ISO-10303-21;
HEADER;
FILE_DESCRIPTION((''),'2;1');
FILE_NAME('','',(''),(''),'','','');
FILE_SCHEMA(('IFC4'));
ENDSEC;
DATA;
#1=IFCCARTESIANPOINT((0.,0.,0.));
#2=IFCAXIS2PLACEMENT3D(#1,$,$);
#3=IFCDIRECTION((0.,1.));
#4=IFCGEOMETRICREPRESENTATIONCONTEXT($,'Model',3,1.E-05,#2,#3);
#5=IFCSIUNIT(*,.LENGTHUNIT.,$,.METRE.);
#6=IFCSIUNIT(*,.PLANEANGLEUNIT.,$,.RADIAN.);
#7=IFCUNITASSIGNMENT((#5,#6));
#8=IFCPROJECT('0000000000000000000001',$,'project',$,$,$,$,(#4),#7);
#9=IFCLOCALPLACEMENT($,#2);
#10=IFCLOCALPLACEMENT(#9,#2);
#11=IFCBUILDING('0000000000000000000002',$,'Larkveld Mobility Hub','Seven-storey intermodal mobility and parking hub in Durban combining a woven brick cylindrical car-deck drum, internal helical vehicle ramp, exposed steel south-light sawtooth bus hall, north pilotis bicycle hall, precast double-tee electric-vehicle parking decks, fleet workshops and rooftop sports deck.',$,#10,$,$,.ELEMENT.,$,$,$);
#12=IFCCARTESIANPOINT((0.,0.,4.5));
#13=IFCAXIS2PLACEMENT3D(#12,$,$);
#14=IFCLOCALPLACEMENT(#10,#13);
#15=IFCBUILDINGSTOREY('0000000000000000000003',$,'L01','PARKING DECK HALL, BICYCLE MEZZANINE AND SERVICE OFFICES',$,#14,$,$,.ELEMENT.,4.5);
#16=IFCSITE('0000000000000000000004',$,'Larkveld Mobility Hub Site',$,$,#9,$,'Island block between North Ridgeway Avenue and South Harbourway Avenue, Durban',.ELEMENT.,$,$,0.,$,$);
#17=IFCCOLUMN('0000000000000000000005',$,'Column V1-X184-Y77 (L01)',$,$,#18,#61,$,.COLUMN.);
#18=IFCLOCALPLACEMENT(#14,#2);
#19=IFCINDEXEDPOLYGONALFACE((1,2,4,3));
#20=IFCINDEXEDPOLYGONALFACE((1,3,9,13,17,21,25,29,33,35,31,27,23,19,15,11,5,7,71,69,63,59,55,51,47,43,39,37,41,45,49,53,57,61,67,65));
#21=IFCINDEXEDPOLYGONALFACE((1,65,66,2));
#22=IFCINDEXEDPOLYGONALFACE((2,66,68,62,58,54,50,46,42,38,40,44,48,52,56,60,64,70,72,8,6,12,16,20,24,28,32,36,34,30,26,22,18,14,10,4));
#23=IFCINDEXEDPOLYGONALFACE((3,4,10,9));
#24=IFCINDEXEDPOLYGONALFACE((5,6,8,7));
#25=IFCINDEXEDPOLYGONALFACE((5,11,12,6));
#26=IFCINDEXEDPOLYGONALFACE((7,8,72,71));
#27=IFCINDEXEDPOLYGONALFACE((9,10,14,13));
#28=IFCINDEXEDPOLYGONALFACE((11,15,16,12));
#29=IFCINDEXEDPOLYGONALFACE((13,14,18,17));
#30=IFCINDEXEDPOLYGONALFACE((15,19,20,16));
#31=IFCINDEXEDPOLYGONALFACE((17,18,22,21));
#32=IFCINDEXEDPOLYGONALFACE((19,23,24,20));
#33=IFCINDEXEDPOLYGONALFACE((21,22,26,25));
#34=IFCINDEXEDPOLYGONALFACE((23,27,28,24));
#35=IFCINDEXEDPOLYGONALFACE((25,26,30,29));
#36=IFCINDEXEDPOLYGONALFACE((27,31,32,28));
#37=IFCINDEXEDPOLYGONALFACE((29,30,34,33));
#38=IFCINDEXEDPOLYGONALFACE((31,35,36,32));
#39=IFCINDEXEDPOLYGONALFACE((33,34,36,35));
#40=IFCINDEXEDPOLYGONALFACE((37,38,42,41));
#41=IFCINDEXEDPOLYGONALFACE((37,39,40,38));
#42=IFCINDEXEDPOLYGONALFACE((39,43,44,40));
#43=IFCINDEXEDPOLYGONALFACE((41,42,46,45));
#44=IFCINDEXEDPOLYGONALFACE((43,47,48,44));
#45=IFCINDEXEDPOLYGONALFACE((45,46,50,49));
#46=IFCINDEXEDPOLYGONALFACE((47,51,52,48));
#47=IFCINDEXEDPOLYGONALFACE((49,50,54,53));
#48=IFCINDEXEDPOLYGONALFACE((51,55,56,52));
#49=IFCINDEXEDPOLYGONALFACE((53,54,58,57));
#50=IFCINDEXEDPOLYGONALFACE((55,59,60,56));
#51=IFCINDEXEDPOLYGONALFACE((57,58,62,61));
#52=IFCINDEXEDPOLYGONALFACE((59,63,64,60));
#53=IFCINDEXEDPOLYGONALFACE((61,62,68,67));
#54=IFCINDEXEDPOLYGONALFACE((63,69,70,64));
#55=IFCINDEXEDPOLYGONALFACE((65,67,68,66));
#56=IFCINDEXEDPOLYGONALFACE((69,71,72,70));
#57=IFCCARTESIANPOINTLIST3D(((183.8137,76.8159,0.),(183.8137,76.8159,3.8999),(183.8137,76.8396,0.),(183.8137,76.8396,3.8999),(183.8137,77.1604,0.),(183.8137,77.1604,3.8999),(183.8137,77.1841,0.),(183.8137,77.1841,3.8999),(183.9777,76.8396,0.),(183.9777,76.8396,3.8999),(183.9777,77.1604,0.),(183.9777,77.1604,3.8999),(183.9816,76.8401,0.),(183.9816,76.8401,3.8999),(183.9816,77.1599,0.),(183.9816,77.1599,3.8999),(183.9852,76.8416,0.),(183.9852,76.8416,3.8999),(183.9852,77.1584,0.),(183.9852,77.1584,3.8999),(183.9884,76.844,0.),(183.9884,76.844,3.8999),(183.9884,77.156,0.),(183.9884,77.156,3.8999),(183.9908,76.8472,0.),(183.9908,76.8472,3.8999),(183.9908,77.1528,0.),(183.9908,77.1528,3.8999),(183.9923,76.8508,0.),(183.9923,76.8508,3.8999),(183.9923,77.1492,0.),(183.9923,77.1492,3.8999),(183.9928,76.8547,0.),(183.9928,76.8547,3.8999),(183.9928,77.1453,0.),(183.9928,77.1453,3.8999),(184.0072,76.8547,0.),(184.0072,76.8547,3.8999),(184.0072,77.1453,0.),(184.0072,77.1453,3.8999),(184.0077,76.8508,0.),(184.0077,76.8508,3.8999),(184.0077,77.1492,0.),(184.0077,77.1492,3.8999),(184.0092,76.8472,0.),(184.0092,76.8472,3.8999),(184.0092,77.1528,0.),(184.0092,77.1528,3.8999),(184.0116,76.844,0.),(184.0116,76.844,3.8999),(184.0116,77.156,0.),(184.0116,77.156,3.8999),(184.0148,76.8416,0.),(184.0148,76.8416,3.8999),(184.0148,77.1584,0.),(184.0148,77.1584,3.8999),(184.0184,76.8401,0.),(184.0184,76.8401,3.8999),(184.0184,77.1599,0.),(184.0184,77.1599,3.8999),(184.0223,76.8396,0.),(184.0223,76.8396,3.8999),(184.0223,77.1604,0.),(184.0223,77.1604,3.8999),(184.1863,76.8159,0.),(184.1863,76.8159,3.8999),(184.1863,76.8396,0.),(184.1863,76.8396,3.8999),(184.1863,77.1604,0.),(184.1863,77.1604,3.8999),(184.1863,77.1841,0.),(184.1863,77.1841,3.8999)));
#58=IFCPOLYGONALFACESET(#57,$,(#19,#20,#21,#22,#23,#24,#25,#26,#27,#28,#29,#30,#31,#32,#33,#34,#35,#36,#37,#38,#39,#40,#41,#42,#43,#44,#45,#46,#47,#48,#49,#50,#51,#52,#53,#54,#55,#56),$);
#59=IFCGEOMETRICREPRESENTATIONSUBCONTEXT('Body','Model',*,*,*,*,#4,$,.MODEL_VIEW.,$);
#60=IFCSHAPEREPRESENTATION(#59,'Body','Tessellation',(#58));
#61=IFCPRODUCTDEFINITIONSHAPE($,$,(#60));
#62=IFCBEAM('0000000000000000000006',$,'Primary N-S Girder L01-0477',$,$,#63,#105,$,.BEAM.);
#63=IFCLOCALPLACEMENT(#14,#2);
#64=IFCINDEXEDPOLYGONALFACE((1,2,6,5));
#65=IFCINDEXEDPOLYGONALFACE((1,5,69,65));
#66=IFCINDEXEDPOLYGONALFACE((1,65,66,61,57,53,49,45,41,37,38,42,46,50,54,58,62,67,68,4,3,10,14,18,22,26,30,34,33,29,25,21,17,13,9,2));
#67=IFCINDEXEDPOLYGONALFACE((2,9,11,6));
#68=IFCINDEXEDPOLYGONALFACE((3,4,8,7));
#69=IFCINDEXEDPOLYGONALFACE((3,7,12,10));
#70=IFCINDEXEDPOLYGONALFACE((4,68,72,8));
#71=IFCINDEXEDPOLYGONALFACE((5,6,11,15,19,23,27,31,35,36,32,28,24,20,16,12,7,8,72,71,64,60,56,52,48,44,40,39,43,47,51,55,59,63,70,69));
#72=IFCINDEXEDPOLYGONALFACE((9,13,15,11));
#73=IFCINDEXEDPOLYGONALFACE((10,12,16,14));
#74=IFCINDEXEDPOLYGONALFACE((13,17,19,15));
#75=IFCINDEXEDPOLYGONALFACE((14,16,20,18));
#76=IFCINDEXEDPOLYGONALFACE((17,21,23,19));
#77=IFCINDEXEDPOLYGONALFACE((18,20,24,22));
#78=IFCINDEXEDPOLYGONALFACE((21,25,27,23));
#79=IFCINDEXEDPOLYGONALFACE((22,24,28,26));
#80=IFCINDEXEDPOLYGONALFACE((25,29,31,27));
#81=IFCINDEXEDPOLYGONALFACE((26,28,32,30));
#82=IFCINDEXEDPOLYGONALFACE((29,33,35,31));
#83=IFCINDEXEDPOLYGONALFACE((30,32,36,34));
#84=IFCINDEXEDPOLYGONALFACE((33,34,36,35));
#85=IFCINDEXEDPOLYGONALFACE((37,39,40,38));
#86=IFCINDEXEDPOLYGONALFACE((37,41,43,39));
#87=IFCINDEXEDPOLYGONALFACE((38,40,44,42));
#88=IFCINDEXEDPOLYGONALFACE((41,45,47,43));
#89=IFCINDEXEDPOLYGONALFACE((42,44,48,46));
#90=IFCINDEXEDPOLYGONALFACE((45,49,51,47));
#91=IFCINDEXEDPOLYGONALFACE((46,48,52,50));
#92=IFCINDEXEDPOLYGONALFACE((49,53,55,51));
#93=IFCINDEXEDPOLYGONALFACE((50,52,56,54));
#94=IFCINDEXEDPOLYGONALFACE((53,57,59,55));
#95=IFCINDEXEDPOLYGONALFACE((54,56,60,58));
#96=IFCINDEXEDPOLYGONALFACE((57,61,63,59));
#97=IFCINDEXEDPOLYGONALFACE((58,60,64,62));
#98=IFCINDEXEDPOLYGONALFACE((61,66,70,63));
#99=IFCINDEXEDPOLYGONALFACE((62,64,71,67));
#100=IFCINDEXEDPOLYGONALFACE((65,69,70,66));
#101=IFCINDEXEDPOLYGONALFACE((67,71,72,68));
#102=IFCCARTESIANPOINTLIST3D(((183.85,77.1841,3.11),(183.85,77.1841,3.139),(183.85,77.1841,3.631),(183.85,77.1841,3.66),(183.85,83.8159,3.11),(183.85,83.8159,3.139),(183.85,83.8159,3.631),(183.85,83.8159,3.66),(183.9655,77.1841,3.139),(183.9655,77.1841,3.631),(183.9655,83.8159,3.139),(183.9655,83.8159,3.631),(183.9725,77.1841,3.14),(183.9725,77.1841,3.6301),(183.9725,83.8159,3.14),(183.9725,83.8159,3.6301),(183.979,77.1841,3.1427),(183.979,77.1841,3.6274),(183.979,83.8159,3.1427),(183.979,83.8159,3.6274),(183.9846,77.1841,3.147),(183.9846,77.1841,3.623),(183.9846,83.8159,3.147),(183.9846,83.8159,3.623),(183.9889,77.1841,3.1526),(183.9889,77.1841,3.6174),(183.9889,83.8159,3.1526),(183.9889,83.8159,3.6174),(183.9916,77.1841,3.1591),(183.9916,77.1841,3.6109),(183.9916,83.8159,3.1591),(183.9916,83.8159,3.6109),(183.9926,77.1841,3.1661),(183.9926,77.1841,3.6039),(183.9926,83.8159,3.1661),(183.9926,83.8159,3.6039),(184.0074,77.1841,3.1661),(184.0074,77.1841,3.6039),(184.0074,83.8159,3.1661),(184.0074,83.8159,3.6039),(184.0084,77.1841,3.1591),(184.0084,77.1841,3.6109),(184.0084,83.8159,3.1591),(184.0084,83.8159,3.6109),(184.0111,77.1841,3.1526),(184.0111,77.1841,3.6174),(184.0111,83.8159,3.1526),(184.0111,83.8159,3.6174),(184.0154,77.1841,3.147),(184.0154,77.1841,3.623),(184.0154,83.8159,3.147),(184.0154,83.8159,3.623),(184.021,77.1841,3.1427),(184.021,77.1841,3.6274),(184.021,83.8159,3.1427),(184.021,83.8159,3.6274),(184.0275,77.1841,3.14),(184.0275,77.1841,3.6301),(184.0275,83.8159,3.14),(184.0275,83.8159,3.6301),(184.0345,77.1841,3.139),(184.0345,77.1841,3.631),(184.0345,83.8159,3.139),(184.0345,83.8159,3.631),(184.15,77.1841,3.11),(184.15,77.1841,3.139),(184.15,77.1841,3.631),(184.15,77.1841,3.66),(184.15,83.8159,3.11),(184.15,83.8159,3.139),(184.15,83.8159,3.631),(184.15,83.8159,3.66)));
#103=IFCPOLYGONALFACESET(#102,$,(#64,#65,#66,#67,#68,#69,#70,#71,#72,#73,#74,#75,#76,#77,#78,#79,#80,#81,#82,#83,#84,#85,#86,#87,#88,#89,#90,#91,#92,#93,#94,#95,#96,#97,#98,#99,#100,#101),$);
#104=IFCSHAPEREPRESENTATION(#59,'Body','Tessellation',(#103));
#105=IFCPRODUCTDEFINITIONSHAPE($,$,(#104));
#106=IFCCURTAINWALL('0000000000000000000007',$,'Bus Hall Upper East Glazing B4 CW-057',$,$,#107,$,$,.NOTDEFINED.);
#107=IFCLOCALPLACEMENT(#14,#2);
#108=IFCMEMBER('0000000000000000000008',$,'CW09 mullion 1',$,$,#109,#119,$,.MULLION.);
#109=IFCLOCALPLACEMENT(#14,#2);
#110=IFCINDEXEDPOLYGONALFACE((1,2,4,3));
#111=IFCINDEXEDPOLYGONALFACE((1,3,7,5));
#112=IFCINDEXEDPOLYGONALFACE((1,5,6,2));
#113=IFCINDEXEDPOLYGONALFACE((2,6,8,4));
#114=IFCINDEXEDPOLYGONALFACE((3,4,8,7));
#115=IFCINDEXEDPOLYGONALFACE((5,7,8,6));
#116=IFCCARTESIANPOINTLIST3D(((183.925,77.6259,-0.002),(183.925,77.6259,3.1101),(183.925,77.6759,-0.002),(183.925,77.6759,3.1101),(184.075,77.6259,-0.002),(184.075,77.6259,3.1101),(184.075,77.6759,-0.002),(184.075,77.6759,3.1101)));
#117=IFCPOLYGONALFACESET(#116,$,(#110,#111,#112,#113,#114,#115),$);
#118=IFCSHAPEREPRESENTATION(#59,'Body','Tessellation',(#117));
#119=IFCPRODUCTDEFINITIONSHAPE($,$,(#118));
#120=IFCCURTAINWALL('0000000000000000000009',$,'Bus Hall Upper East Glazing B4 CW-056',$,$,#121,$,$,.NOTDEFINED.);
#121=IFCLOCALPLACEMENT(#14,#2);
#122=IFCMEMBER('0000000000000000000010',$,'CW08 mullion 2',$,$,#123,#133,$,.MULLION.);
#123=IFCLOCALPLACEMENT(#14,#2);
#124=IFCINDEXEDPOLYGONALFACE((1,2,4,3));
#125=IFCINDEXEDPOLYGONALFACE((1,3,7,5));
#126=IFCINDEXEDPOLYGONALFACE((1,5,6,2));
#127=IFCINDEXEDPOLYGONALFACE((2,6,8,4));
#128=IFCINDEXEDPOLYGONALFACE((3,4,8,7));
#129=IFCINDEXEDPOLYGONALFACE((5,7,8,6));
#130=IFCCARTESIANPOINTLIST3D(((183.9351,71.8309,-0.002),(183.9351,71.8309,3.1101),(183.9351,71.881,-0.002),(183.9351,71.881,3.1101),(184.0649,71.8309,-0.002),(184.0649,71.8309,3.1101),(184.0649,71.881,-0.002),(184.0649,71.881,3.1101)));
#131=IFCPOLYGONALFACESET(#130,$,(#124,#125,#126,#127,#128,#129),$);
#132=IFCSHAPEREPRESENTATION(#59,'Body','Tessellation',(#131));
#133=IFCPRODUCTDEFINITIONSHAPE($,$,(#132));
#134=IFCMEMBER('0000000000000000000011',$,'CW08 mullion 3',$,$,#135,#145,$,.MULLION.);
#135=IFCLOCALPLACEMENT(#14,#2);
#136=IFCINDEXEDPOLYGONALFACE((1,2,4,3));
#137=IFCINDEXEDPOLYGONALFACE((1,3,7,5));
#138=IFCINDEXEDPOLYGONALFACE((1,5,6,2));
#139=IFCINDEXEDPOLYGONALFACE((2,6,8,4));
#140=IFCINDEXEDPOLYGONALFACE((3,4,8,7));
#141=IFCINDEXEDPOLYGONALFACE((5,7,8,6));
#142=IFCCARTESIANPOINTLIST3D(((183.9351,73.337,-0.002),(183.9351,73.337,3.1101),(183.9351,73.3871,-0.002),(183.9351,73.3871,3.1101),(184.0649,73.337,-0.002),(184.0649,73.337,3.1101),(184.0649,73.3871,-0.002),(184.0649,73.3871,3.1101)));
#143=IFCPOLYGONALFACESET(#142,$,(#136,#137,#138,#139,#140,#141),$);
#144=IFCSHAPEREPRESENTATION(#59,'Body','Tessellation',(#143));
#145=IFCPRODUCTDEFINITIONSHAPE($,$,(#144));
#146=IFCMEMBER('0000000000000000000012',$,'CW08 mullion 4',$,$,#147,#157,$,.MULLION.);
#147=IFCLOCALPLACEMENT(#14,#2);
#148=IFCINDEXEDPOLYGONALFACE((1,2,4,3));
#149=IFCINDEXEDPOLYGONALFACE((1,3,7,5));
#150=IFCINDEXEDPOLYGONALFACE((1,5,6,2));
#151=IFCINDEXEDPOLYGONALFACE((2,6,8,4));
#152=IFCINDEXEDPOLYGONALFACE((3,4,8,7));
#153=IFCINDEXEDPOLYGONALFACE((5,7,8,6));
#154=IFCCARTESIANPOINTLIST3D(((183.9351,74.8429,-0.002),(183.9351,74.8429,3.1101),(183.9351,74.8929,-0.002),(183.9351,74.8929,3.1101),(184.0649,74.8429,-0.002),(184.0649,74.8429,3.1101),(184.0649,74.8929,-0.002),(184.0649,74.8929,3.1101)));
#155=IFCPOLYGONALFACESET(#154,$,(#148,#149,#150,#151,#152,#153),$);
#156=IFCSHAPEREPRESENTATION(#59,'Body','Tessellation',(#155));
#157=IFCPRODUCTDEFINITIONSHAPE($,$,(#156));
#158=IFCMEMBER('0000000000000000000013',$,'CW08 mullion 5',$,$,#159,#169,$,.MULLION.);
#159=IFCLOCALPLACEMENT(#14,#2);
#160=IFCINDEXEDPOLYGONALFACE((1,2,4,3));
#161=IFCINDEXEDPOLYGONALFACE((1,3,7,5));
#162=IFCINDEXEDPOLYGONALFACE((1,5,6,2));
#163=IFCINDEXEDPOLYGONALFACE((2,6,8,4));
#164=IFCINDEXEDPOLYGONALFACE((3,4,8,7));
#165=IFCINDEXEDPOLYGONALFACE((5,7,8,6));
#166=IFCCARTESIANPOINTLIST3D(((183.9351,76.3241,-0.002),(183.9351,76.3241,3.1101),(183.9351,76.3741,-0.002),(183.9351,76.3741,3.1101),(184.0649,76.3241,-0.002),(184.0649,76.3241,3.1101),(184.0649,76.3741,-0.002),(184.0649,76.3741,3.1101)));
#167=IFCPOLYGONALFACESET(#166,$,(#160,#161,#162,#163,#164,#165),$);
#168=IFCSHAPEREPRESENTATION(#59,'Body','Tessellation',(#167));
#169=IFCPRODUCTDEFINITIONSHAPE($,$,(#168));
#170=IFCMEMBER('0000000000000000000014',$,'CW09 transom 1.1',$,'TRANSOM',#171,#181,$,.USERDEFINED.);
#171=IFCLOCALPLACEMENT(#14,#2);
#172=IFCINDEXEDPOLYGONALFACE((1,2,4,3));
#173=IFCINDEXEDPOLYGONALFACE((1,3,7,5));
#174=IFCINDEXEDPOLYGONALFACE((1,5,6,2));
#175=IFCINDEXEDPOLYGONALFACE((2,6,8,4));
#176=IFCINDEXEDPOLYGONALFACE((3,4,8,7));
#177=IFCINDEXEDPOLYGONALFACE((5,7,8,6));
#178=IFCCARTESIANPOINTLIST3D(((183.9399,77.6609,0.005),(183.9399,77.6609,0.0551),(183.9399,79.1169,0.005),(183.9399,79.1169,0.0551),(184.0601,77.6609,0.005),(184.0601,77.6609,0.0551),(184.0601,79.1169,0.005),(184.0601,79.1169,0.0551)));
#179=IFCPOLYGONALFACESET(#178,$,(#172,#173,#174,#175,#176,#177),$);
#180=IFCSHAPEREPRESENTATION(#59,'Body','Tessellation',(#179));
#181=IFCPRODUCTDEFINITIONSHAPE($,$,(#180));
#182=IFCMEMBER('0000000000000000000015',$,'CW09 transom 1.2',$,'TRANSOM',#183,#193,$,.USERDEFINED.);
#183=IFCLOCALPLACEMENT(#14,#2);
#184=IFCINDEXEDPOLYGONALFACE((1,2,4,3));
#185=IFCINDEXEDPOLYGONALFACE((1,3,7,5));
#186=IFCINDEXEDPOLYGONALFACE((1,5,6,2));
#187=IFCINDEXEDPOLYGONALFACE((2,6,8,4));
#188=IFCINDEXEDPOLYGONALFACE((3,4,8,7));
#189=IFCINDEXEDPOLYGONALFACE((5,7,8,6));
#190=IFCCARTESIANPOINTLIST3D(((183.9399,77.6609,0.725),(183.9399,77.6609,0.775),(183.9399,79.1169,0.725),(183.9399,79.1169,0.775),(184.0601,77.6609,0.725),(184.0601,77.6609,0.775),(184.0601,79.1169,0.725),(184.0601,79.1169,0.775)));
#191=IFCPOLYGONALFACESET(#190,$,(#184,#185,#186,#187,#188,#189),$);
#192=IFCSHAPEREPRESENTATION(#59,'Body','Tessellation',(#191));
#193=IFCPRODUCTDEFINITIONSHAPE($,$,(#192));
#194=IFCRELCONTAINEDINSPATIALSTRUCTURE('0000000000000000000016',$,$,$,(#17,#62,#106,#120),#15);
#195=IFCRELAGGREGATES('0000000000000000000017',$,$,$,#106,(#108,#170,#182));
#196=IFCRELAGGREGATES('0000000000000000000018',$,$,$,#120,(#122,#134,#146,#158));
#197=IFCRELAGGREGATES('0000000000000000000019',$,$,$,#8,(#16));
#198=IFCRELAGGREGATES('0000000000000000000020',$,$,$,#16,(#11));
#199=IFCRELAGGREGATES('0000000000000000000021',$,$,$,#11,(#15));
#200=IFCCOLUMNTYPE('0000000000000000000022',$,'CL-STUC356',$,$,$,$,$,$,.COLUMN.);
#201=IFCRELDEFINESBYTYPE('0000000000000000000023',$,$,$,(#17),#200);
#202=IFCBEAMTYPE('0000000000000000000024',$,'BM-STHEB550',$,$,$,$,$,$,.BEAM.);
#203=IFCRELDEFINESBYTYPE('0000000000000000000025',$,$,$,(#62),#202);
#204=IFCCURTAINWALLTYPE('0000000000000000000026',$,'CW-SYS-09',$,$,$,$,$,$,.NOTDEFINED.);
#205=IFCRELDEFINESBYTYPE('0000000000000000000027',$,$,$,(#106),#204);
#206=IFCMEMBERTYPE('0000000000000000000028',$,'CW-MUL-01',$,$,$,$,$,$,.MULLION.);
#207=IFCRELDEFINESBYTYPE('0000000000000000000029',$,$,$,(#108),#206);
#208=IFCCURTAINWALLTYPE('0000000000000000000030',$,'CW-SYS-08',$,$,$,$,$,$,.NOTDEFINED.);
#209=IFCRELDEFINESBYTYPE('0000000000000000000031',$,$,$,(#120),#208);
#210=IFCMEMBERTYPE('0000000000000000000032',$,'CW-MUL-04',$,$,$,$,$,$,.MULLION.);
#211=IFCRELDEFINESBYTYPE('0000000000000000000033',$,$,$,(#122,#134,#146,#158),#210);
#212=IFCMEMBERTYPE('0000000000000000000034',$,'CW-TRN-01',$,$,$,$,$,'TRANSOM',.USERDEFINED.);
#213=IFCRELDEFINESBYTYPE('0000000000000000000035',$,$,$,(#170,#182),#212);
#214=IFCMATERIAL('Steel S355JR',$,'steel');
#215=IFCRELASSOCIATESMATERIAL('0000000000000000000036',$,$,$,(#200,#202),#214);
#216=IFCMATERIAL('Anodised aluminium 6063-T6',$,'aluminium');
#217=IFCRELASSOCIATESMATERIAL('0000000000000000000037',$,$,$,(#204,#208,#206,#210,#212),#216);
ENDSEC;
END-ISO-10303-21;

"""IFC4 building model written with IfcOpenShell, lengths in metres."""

from ifc_helpers import new_model, si_unit, direction, frame, origin, origin_2d, place, context, subcontext, project, spatial, rectangle, i_section, extrude, material, material_profile, profile_set, type_object, element, aggregate, save


model = new_model("IFC4")

# Units and contexts
model_context = context("Model", 3, precision=1e-05, world=origin(), true_north=direction((0.0, 1.0)))
body_context = subcontext(model_context, "Body", "Model", "MODEL_VIEW")
ifc_project = project(units=[si_unit("LENGTHUNIT", "METRE"), si_unit("PLANEANGLEUNIT", "RADIAN")], contexts=[model_context])

# Site, building, storey
site_placement = place(None, origin())
site = spatial("IfcSite", under=ifc_project, at=site_placement, Name="Larkveld Mobility Hub Site", LongName="Island block between North Ridgeway Avenue and South Harbourway Avenue, Durban", CompositionType="ELEMENT", RefElevation=0.0)
building_placement = place(site_placement, origin())
building = spatial("IfcBuilding", under=site, at=building_placement, Name="Larkveld Mobility Hub", Description="Seven-storey intermodal mobility and parking hub in Durban combining a woven brick cylindrical car-deck drum, internal helical vehicle ramp, exposed steel south-light sawtooth bus hall, north pilotis bicycle hall, precast double-tee electric-vehicle parking decks, fleet workshops and rooftop sports deck.", CompositionType="ELEMENT")
storey_placement = place(building_placement, frame((0.0, 0.0, 4.5)))
storey = spatial("IfcBuildingStorey", under=building, at=storey_placement, Name="L01", Description="PARKING DECK HALL, BICYCLE MEZZANINE AND SERVICE OFFICES", CompositionType="ELEMENT", Elevation=4.5)

# Column
ifc_material_1 = material(Name="Steel S355JR", Category="steel")
ifc_material_profile_1 = material_profile(ifc_material_1, i_section(OverallWidth=0.3726, OverallDepth=0.3682, WebThickness=0.0144, FlangeThickness=0.0237, FilletRadius=0.0151, at=origin_2d()), Name="UC 356x368x177")
ifc_profile_set_1 = profile_set([ifc_material_profile_1], Name="Steel S355JR")
column_type = type_object("IfcColumnType", Name="CL-STUC356", PredefinedType="COLUMN", material=ifc_profile_set_1)
column_placement = place(storey_placement, frame((184.0, 77.0, 0.0), z_axis=(0.0, 0.0, 1.0), x_axis=(1.0, 0.0, 0.0)))
element("IfcColumn", 1, at=column_placement, inside=storey, type_object=column_type, Name="Column V1-X184-Y77 (L01)", PredefinedType="COLUMN", context=body_context, shape_type="SweptSolid", body=[
    extrude(i_section(OverallWidth=0.3726, OverallDepth=0.3682, WebThickness=0.0144, FlangeThickness=0.0237, FilletRadius=0.0151, at=origin_2d()), origin(), (0.0, 0.0, 1.0), 3.8999),
])

# Beam
ifc_material_profile_2 = material_profile(ifc_material_1, i_section(OverallWidth=0.3, OverallDepth=0.55, WebThickness=0.0149, FlangeThickness=0.0291, FilletRadius=0.0271, at=origin_2d()), Name="HEB 550")
ifc_profile_set_2 = profile_set([ifc_material_profile_2], Name="Steel S355JR")
beam_type = type_object("IfcBeamType", Name="BM-STHEB550", PredefinedType="BEAM", material=ifc_profile_set_2)
beam_placement = place(storey_placement, frame((184.0, 77.1841, 3.385), z_axis=(0.0, 1.0, 0.0), x_axis=(-1.0, 0.0, 0.0)))
element("IfcBeam", 2, at=beam_placement, inside=storey, type_object=beam_type, Name="Primary N-S Girder L01-0477", PredefinedType="BEAM", context=body_context, shape_type="SweptSolid", body=[
    extrude(i_section(OverallWidth=0.3, OverallDepth=0.55, WebThickness=0.0149, FlangeThickness=0.0291, FilletRadius=0.0271, at=origin_2d()), origin(), (0.0, 0.0, 1.0), 6.6318),
])

# Curtain wall, member
ifc_material_2 = material(Name="Anodised aluminium 6063-T6", Category="aluminium")
curtain_wall_type_1 = type_object("IfcCurtainWallType", Name="CW-SYS-09", PredefinedType="NOTDEFINED", material=ifc_material_2)
curtain_wall_1_placement = place(storey_placement, origin())
curtain_wall_1 = element("IfcCurtainWall", 3, at=curtain_wall_1_placement, inside=storey, type_object=curtain_wall_type_1, Name="Bus Hall Upper East Glazing B4 CW-057", PredefinedType="NOTDEFINED")
ifc_material_profile_3 = material_profile(ifc_material_2, rectangle(XDim=0.05, YDim=0.1499, at=origin_2d()), Name="ALU MULL 50x150")
ifc_profile_set_3 = profile_set([ifc_material_profile_3], Name="Anodised aluminium 6063-T6")
member_type_1 = type_object("IfcMemberType", Name="CW-MUL-01", PredefinedType="MULLION", material=ifc_profile_set_3)
member_1_placement = place(storey_placement, frame((184.0, 77.6509, -0.002), z_axis=(0.0, 0.0, 1.0), x_axis=(0.0, 1.0, 0.0)))
member_1 = element("IfcMember", 4, at=member_1_placement, type_object=member_type_1, Name="CW09 mullion 1", PredefinedType="MULLION", context=body_context, shape_type="SweptSolid", body=[
    extrude(rectangle(XDim=0.05, YDim=0.1499, at=origin_2d()), origin(), (0.0, 0.0, 1.0), 3.1121),
])

# Curtain wall, members
curtain_wall_type_2 = type_object("IfcCurtainWallType", Name="CW-SYS-08", PredefinedType="NOTDEFINED", material=ifc_material_2)
curtain_wall_2_placement = place(storey_placement, origin())
curtain_wall_2 = element("IfcCurtainWall", 5, at=curtain_wall_2_placement, inside=storey, type_object=curtain_wall_type_2, Name="Bus Hall Upper East Glazing B4 CW-056", PredefinedType="NOTDEFINED")
ifc_material_profile_4 = material_profile(ifc_material_2, rectangle(XDim=0.05, YDim=0.1299, at=origin_2d()), Name="ALU MULL 50x130")
ifc_profile_set_4 = profile_set([ifc_material_profile_4], Name="Anodised aluminium 6063-T6")
member_type_2 = type_object("IfcMemberType", Name="CW-MUL-04", PredefinedType="MULLION", material=ifc_profile_set_4)
member_2_placement = place(storey_placement, frame((184.0, 71.856, -0.002), z_axis=(0.0, 0.0, 1.0), x_axis=(0.0, 1.0, 0.0)))
member_2 = element("IfcMember", 6, at=member_2_placement, type_object=member_type_2, Name="CW08 mullion 2", PredefinedType="MULLION", context=body_context, shape_type="SweptSolid", body=[
    extrude(rectangle(XDim=0.05, YDim=0.1299, at=origin_2d()), origin(), (0.0, 0.0, 1.0), 3.1121),
])
member_3_placement = place(storey_placement, frame((184.0, 73.3621, -0.002), z_axis=(0.0, 0.0, 1.0), x_axis=(0.0, 1.0, 0.0)))
member_3 = element("IfcMember", 7, at=member_3_placement, type_object=member_type_2, Name="CW08 mullion 3", PredefinedType="MULLION", context=body_context, shape_type="SweptSolid", body=[
    extrude(rectangle(XDim=0.05, YDim=0.1299, at=origin_2d()), origin(), (0.0, 0.0, 1.0), 3.1121),
])
member_4_placement = place(storey_placement, frame((184.0, 74.8679, -0.002), z_axis=(0.0, 0.0, 1.0), x_axis=(0.0, 1.0, 0.0)))
member_4 = element("IfcMember", 8, at=member_4_placement, type_object=member_type_2, Name="CW08 mullion 4", PredefinedType="MULLION", context=body_context, shape_type="SweptSolid", body=[
    extrude(rectangle(XDim=0.05, YDim=0.1299, at=origin_2d()), origin(), (0.0, 0.0, 1.0), 3.1121),
])
member_5_placement = place(storey_placement, frame((184.0, 76.3491, -0.002), z_axis=(0.0, 0.0, 1.0), x_axis=(0.0, 1.0, 0.0)))
member_5 = element("IfcMember", 9, at=member_5_placement, type_object=member_type_2, Name="CW08 mullion 5", PredefinedType="MULLION", context=body_context, shape_type="SweptSolid", body=[
    extrude(rectangle(XDim=0.05, YDim=0.1299, at=origin_2d()), origin(), (0.0, 0.0, 1.0), 3.1121),
])

# Members
ifc_material_profile_5 = material_profile(ifc_material_2, rectangle(XDim=0.1201, YDim=0.05, at=origin_2d()), Name="ALU TRAN 50x120")
ifc_profile_set_5 = profile_set([ifc_material_profile_5], Name="Anodised aluminium 6063-T6")
member_type_3 = type_object("IfcMemberType", Name="CW-TRN-01", ElementType="TRANSOM", PredefinedType="USERDEFINED", material=ifc_profile_set_5)
member_6_placement = place(storey_placement, frame((184.0, 77.6609, 0.03), z_axis=(0.0, 1.0, 0.0), x_axis=(-1.0, 0.0, 0.0)))
member_6 = element("IfcMember", 10, at=member_6_placement, type_object=member_type_3, Name="CW09 transom 1.1", ObjectType="TRANSOM", PredefinedType="USERDEFINED", context=body_context, shape_type="SweptSolid", body=[
    extrude(rectangle(XDim=0.1201, YDim=0.05, at=origin_2d()), origin(), (0.0, 0.0, 1.0), 1.4561),
])
member_7_placement = place(storey_placement, frame((184.0, 77.6609, 0.75), z_axis=(0.0, 1.0, 0.0), x_axis=(-1.0, 0.0, 0.0)))
member_7 = element("IfcMember", 11, at=member_7_placement, type_object=member_type_3, Name="CW09 transom 1.2", ObjectType="TRANSOM", PredefinedType="USERDEFINED", context=body_context, shape_type="SweptSolid", body=[
    extrude(rectangle(XDim=0.1201, YDim=0.05, at=origin_2d()), origin(), (0.0, 0.0, 1.0), 1.4561),
])
aggregate(curtain_wall_1, [member_1, member_6, member_7])

aggregate(curtain_wall_2, [member_2, member_3, member_4, member_5])

save(model, "model.ifc")
